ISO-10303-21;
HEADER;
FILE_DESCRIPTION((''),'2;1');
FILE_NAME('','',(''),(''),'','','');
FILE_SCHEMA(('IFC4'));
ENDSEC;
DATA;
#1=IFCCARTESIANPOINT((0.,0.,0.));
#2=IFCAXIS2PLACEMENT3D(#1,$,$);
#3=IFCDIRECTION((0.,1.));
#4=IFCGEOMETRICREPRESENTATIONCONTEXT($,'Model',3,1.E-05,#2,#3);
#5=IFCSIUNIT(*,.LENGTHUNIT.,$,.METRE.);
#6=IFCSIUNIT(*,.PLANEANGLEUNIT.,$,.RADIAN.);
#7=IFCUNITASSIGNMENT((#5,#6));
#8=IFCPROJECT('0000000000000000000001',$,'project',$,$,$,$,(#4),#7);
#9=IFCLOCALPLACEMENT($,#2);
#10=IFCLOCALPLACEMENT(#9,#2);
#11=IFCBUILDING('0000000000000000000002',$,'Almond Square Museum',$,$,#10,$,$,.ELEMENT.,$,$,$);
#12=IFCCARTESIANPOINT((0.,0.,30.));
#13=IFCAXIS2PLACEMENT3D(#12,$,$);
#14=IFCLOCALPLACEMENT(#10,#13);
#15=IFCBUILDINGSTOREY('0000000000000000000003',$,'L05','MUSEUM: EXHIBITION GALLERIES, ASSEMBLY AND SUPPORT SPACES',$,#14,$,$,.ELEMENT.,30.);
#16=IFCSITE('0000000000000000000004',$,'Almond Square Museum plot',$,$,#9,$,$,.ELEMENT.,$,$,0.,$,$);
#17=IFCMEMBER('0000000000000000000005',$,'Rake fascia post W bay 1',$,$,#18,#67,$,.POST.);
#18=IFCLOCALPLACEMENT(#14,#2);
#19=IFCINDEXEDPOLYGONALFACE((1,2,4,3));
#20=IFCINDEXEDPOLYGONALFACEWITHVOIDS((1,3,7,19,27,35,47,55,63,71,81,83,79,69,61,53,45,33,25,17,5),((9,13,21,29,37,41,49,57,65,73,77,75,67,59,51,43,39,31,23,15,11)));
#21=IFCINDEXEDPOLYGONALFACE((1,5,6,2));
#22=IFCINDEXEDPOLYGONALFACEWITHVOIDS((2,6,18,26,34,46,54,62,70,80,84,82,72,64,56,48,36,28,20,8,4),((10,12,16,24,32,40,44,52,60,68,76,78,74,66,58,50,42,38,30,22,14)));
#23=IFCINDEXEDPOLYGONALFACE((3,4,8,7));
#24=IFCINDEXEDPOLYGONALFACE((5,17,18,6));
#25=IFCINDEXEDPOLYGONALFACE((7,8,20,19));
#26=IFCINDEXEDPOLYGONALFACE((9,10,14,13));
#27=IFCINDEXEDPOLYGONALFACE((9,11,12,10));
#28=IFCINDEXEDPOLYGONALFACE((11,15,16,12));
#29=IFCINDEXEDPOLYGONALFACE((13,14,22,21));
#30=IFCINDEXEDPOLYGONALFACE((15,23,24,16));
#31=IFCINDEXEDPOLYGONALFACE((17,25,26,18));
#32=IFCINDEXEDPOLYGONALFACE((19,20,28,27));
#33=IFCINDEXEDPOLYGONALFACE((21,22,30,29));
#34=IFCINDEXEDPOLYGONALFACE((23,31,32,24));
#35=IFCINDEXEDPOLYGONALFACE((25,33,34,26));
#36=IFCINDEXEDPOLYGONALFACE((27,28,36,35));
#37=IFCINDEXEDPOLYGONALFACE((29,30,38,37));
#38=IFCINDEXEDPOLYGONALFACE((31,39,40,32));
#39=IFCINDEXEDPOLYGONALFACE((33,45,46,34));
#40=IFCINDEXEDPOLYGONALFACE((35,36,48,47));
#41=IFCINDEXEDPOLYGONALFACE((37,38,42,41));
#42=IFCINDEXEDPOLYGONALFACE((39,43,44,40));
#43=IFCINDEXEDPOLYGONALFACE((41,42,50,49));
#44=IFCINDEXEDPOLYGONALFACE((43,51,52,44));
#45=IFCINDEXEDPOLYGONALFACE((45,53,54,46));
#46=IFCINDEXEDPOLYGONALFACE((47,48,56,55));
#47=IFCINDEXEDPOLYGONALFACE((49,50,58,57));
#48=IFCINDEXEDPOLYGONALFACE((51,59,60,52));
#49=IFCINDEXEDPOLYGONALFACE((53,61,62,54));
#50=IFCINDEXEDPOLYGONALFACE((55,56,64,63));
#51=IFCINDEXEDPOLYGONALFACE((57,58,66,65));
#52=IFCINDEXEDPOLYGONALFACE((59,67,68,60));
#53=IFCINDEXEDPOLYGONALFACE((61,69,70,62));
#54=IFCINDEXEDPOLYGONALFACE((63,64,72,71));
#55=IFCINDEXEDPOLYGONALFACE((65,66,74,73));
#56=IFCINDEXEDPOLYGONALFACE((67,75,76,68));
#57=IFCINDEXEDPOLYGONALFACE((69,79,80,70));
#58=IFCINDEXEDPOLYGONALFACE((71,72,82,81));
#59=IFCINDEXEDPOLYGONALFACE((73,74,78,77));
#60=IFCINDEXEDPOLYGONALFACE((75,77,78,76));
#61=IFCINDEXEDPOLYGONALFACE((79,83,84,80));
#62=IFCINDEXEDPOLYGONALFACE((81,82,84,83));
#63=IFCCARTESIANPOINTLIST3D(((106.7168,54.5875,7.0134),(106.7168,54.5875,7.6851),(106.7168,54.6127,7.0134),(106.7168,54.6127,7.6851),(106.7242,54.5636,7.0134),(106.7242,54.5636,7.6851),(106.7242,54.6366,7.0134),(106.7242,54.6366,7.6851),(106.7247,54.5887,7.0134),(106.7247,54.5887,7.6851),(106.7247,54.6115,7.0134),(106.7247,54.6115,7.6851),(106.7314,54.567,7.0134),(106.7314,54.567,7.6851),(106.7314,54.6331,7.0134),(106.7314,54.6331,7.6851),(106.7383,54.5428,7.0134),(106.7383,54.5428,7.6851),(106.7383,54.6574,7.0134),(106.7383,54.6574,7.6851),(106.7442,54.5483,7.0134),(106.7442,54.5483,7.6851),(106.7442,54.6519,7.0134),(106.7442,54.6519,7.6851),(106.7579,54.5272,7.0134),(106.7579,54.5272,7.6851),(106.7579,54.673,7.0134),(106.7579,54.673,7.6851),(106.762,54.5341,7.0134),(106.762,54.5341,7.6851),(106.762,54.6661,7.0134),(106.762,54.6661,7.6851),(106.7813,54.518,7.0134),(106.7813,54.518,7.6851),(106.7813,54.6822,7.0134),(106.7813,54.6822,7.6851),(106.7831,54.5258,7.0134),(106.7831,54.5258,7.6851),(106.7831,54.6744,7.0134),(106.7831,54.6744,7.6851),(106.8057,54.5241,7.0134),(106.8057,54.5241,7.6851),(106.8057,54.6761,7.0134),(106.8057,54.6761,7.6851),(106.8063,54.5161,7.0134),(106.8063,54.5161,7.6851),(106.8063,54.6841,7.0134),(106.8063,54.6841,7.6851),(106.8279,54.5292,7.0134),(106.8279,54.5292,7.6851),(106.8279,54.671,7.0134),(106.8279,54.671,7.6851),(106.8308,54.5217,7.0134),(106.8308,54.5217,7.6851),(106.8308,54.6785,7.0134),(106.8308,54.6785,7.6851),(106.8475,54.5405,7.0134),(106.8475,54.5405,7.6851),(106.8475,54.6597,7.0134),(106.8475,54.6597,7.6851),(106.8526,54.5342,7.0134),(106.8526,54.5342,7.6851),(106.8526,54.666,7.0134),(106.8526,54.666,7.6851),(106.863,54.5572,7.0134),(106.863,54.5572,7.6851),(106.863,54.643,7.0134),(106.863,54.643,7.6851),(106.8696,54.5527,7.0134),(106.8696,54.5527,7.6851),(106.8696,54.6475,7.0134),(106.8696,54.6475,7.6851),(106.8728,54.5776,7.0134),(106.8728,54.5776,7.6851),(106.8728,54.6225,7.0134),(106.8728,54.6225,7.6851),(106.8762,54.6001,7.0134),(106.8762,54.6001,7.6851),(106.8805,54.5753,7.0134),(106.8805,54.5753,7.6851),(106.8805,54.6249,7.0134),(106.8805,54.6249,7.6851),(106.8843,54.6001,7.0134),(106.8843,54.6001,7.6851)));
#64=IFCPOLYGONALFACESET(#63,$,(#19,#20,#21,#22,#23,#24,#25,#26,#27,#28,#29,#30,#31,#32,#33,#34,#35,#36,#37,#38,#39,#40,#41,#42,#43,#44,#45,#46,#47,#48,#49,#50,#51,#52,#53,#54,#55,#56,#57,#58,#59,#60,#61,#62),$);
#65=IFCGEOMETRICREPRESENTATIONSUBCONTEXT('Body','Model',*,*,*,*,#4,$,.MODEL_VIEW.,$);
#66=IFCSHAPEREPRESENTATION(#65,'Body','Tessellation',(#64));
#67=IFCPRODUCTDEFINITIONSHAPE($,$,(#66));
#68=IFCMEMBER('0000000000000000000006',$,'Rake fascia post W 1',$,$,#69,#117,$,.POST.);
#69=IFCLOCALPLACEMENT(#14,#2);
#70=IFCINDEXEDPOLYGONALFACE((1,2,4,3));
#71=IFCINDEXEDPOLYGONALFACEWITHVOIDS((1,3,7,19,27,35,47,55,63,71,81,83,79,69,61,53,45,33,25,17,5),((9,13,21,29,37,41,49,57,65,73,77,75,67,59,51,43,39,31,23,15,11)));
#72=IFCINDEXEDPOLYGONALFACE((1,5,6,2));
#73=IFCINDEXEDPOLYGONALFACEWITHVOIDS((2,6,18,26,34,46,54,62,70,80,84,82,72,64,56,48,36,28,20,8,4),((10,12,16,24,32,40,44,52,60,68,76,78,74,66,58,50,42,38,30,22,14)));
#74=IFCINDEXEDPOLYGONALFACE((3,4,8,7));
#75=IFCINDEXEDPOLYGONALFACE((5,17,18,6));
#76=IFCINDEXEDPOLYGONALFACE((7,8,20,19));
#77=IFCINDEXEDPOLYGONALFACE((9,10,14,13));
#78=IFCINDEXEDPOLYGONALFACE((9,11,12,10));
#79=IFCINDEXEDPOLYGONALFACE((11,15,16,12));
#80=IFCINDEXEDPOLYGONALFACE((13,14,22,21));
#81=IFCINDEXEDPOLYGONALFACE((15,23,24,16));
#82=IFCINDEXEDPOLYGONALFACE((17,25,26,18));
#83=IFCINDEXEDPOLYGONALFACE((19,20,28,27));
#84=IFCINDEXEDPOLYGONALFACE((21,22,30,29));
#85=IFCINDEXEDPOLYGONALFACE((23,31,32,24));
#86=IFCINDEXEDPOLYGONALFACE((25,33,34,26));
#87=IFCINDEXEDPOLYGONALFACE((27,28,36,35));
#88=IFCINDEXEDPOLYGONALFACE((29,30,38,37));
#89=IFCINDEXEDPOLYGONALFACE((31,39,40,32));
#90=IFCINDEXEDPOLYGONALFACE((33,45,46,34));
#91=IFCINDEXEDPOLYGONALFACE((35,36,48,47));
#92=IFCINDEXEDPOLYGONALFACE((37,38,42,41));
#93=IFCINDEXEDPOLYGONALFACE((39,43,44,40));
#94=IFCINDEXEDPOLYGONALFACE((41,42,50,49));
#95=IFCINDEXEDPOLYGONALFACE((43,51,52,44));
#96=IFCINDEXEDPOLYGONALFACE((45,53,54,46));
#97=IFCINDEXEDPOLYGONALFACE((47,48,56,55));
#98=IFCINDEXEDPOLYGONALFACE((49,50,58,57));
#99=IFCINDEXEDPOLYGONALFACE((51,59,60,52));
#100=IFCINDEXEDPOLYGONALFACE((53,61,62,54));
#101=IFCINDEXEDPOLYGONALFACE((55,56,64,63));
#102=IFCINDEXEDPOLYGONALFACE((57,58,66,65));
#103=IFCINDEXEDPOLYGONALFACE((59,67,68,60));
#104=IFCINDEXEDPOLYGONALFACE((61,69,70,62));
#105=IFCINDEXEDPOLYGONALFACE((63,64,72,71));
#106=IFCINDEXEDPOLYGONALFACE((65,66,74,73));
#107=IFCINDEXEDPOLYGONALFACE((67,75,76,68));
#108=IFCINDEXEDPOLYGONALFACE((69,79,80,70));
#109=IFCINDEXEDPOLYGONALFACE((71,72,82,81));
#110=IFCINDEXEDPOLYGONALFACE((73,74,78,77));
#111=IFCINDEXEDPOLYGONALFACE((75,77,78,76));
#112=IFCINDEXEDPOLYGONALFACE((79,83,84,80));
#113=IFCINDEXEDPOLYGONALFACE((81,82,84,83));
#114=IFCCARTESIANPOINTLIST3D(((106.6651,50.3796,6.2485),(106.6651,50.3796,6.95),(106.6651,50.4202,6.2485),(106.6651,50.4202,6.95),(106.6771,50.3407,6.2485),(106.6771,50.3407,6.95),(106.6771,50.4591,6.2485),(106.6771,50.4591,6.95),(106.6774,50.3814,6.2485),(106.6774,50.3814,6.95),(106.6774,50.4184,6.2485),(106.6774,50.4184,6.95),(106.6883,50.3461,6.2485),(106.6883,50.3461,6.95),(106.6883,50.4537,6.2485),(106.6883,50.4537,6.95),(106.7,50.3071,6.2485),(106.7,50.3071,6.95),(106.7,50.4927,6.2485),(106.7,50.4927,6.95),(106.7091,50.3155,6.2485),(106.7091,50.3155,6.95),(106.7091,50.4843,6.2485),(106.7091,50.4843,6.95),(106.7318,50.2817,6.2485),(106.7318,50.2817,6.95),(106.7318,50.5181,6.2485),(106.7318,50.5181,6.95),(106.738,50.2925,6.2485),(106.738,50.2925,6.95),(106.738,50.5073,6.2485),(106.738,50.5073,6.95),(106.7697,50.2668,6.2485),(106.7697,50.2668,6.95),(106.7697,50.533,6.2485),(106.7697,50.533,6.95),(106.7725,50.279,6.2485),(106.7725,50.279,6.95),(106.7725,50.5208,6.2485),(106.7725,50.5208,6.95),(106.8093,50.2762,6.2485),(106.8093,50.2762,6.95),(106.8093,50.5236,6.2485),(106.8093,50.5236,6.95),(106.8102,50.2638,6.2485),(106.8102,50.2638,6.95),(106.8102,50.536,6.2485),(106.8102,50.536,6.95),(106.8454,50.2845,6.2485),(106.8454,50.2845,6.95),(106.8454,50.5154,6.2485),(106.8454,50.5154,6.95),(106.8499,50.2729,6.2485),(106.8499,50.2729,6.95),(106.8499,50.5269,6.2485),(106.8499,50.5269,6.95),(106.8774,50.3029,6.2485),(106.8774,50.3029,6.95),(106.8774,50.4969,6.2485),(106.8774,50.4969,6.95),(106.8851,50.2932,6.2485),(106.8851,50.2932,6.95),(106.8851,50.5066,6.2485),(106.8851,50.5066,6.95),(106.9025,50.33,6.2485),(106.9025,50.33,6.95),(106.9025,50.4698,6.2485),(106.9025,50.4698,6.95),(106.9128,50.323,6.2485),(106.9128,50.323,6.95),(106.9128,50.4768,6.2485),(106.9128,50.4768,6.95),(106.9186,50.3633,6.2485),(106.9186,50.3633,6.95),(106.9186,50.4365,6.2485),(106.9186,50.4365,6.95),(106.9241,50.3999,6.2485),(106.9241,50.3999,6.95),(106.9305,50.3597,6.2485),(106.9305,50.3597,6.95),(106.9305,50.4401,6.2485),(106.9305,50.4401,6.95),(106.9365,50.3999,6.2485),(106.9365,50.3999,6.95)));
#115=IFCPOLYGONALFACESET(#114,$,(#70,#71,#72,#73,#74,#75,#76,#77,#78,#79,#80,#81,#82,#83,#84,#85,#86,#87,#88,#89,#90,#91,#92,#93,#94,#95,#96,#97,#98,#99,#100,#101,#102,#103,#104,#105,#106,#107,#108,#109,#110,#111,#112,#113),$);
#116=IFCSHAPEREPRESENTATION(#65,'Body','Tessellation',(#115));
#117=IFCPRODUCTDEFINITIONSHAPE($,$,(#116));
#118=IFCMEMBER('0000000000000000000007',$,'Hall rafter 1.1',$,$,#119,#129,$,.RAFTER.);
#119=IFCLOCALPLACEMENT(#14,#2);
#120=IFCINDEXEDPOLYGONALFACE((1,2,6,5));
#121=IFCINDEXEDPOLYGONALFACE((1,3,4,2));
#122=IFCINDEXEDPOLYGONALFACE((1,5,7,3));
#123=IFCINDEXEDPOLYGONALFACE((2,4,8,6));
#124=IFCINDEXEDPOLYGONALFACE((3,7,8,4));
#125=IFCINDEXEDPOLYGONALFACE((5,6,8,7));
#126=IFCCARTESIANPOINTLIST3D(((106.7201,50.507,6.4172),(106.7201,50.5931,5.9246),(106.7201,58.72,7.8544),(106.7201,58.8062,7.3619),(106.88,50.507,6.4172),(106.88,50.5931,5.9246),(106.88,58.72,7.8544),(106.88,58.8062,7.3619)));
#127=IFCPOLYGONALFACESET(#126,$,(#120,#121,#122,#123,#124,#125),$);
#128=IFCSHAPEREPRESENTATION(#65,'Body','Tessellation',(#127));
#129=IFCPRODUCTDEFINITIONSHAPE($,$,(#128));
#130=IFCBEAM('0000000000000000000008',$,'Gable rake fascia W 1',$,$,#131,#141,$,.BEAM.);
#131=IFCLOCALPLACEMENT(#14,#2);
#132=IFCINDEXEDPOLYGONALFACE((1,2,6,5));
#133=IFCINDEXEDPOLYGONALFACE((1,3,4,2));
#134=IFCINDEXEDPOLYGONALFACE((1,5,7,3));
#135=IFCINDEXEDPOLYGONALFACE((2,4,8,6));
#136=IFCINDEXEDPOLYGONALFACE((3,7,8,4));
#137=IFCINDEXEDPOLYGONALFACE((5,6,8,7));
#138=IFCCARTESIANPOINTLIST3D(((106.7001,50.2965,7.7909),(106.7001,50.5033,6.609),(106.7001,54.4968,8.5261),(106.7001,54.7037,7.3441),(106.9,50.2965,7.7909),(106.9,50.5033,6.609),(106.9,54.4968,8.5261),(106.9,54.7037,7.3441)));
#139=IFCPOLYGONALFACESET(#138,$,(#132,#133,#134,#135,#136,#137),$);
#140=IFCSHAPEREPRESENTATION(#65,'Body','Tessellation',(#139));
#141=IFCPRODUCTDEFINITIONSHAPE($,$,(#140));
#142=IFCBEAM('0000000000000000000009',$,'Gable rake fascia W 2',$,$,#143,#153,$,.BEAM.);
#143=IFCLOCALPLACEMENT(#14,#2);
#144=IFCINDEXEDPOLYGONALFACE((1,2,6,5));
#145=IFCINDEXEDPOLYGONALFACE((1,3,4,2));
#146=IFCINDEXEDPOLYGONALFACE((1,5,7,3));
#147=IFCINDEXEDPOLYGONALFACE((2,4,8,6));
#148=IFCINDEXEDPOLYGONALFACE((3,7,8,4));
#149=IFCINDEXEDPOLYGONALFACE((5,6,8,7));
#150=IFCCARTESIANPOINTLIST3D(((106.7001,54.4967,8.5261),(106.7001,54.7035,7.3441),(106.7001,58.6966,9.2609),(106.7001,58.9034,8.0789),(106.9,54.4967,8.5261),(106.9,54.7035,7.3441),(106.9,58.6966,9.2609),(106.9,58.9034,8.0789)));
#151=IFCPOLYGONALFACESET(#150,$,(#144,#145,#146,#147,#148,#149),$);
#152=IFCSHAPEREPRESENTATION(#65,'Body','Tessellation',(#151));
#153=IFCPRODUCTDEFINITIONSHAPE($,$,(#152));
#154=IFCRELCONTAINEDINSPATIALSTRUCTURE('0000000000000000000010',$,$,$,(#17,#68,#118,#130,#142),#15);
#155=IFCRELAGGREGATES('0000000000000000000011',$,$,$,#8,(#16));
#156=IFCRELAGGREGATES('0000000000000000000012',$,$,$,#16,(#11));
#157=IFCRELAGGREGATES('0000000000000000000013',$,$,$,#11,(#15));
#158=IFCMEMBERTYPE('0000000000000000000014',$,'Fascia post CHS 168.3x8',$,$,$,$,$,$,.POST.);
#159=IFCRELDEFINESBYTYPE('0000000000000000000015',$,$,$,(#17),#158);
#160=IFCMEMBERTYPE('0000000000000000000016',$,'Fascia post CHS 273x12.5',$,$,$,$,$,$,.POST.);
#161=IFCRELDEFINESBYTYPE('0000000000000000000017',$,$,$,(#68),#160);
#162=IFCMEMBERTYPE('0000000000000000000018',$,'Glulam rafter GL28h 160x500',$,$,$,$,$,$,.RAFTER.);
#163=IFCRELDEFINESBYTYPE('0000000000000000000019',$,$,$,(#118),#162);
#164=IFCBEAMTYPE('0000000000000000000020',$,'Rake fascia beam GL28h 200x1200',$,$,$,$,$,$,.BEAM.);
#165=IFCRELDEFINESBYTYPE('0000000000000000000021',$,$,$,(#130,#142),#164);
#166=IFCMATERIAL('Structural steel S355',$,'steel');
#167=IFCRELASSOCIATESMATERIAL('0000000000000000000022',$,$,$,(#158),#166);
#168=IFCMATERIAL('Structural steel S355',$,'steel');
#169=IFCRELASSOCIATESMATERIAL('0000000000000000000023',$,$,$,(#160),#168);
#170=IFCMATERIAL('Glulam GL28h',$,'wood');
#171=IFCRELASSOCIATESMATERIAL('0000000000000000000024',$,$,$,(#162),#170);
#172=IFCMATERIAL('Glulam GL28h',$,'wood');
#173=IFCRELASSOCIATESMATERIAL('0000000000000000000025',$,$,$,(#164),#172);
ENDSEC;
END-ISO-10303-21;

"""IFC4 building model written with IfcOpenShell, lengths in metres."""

from ifc_helpers import new_model, si_unit, direction, frame, origin, origin_2d, place, context, subcontext, project, spatial, rectangle, hollow_circle, extrude, material, material_profile, profile_set, type_object, element, save


model = new_model("IFC4")

# Units and contexts
model_context = context("Model", 3, precision=1e-05, world=origin(), true_north=direction((0.0, 1.0)))
body_context = subcontext(model_context, "Body", "Model", "MODEL_VIEW")
ifc_project = project(units=[si_unit("LENGTHUNIT", "METRE"), si_unit("PLANEANGLEUNIT", "RADIAN")], contexts=[model_context])

# Site, building, storey
site_placement = place(None, origin())
site = spatial("IfcSite", under=ifc_project, at=site_placement, Name="Almond Square Museum plot", CompositionType="ELEMENT", RefElevation=0.0)
building_placement = place(site_placement, origin())
building = spatial("IfcBuilding", under=site, at=building_placement, Name="Almond Square Museum", CompositionType="ELEMENT")
storey_placement = place(building_placement, frame((0.0, 0.0, 30.0)))
storey = spatial("IfcBuildingStorey", under=building, at=storey_placement, Name="L05", Description="MUSEUM: EXHIBITION GALLERIES, ASSEMBLY AND SUPPORT SPACES", CompositionType="ELEMENT", Elevation=30.0)

# Members
ifc_material_1 = material(Name="Structural steel S355", Category="steel")
ifc_material_profile_1 = material_profile(ifc_material_1, hollow_circle(Radius=0.0842, WallThickness=0.0081, at=origin_2d()))
ifc_profile_set_1 = profile_set([ifc_material_profile_1], Name="Structural steel S355")
member_type_1 = type_object("IfcMemberType", Name="Fascia post CHS 168.3x8", PredefinedType="POST", material=ifc_profile_set_1)
member_1_placement = place(storey_placement, frame((106.8, 54.6001, 7.0134), z_axis=(0.0, 0.0, 1.0), x_axis=(1.0, 0.0, 0.0)))
element("IfcMember", 1, at=member_1_placement, inside=storey, type_object=member_type_1, Name="Rake fascia post W bay 1", PredefinedType="POST", context=body_context, shape_type="SweptSolid", body=[
    extrude(hollow_circle(Radius=0.0842, WallThickness=0.0081, at=origin_2d()), origin(), (0.0, 0.0, 1.0), 0.6716),
])
ifc_material_2 = material(Name="Structural steel S355", Category="steel")
ifc_material_profile_2 = material_profile(ifc_material_2, hollow_circle(Radius=0.1365, WallThickness=0.0125, at=origin_2d()))
ifc_profile_set_2 = profile_set([ifc_material_profile_2], Name="Structural steel S355")
member_type_2 = type_object("IfcMemberType", Name="Fascia post CHS 273x12.5", PredefinedType="POST", material=ifc_profile_set_2)
member_2_placement = place(storey_placement, frame((106.8, 50.3999, 6.2485), z_axis=(0.0, 0.0, 1.0), x_axis=(1.0, 0.0, 0.0)))
element("IfcMember", 2, at=member_2_placement, inside=storey, type_object=member_type_2, Name="Rake fascia post W 1", PredefinedType="POST", context=body_context, shape_type="SweptSolid", body=[
    extrude(hollow_circle(Radius=0.1365, WallThickness=0.0125, at=origin_2d()), origin(), (0.0, 0.0, 1.0), 0.7014),
])
ifc_material_3 = material(Name="Glulam GL28h", Category="wood")
ifc_material_profile_3 = material_profile(ifc_material_3, rectangle(XDim=0.1599, YDim=0.5, at=origin_2d()))
ifc_profile_set_3 = profile_set([ifc_material_profile_3], Name="Glulam GL28h")
member_type_3 = type_object("IfcMemberType", Name="Glulam rafter GL28h 160x500", PredefinedType="RAFTER", material=ifc_profile_set_3)
member_3_placement = place(storey_placement, frame((106.8, 50.55, 6.1709), z_axis=(0.0, 0.985031, 0.172375), x_axis=(-1.0, 0.0, 0.0)))
element("IfcMember", 3, at=member_3_placement, inside=storey, type_object=member_type_3, Name="Hall rafter 1.1", PredefinedType="RAFTER", context=body_context, shape_type="SweptSolid", body=[
    extrude(rectangle(XDim=0.1599, YDim=0.5, at=origin_2d()), origin(), (0.0, 0.0, 1.0), 8.3379),
])

# Beams
ifc_material_4 = material(Name="Glulam GL28h", Category="wood")
ifc_material_profile_4 = material_profile(ifc_material_4, rectangle(XDim=0.2, YDim=1.2, at=origin_2d()))
ifc_profile_set_4 = profile_set([ifc_material_profile_4], Name="Glulam GL28h")
beam_type = type_object("IfcBeamType", Name="Rake fascia beam GL28h 200x1200", PredefinedType="BEAM", material=ifc_profile_set_4)
beam_1_placement = place(storey_placement, frame((106.8, 50.3999, 7.2), z_axis=(0.0, 0.985028, 0.172397), x_axis=(-1.0, 0.0, 0.0)))
element("IfcBeam", 4, at=beam_1_placement, inside=storey, type_object=beam_type, Name="Gable rake fascia W 1", PredefinedType="BEAM", context=body_context, shape_type="SweptSolid", body=[
    extrude(rectangle(XDim=0.2, YDim=1.2, at=origin_2d()), origin(), (0.0, 0.0, 1.0), 4.2642),
])
beam_2_placement = place(storey_placement, frame((106.8, 54.6001, 7.9351), z_axis=(0.0, 0.985036, 0.172351), x_axis=(-1.0, 0.0, 0.0)))
element("IfcBeam", 5, at=beam_2_placement, inside=storey, type_object=beam_type, Name="Gable rake fascia W 2", PredefinedType="BEAM", context=body_context, shape_type="SweptSolid", body=[
    extrude(rectangle(XDim=0.2, YDim=1.2, at=origin_2d()), origin(), (0.0, 0.0, 1.0), 4.2637),
])

save(model, "model.ifc")
